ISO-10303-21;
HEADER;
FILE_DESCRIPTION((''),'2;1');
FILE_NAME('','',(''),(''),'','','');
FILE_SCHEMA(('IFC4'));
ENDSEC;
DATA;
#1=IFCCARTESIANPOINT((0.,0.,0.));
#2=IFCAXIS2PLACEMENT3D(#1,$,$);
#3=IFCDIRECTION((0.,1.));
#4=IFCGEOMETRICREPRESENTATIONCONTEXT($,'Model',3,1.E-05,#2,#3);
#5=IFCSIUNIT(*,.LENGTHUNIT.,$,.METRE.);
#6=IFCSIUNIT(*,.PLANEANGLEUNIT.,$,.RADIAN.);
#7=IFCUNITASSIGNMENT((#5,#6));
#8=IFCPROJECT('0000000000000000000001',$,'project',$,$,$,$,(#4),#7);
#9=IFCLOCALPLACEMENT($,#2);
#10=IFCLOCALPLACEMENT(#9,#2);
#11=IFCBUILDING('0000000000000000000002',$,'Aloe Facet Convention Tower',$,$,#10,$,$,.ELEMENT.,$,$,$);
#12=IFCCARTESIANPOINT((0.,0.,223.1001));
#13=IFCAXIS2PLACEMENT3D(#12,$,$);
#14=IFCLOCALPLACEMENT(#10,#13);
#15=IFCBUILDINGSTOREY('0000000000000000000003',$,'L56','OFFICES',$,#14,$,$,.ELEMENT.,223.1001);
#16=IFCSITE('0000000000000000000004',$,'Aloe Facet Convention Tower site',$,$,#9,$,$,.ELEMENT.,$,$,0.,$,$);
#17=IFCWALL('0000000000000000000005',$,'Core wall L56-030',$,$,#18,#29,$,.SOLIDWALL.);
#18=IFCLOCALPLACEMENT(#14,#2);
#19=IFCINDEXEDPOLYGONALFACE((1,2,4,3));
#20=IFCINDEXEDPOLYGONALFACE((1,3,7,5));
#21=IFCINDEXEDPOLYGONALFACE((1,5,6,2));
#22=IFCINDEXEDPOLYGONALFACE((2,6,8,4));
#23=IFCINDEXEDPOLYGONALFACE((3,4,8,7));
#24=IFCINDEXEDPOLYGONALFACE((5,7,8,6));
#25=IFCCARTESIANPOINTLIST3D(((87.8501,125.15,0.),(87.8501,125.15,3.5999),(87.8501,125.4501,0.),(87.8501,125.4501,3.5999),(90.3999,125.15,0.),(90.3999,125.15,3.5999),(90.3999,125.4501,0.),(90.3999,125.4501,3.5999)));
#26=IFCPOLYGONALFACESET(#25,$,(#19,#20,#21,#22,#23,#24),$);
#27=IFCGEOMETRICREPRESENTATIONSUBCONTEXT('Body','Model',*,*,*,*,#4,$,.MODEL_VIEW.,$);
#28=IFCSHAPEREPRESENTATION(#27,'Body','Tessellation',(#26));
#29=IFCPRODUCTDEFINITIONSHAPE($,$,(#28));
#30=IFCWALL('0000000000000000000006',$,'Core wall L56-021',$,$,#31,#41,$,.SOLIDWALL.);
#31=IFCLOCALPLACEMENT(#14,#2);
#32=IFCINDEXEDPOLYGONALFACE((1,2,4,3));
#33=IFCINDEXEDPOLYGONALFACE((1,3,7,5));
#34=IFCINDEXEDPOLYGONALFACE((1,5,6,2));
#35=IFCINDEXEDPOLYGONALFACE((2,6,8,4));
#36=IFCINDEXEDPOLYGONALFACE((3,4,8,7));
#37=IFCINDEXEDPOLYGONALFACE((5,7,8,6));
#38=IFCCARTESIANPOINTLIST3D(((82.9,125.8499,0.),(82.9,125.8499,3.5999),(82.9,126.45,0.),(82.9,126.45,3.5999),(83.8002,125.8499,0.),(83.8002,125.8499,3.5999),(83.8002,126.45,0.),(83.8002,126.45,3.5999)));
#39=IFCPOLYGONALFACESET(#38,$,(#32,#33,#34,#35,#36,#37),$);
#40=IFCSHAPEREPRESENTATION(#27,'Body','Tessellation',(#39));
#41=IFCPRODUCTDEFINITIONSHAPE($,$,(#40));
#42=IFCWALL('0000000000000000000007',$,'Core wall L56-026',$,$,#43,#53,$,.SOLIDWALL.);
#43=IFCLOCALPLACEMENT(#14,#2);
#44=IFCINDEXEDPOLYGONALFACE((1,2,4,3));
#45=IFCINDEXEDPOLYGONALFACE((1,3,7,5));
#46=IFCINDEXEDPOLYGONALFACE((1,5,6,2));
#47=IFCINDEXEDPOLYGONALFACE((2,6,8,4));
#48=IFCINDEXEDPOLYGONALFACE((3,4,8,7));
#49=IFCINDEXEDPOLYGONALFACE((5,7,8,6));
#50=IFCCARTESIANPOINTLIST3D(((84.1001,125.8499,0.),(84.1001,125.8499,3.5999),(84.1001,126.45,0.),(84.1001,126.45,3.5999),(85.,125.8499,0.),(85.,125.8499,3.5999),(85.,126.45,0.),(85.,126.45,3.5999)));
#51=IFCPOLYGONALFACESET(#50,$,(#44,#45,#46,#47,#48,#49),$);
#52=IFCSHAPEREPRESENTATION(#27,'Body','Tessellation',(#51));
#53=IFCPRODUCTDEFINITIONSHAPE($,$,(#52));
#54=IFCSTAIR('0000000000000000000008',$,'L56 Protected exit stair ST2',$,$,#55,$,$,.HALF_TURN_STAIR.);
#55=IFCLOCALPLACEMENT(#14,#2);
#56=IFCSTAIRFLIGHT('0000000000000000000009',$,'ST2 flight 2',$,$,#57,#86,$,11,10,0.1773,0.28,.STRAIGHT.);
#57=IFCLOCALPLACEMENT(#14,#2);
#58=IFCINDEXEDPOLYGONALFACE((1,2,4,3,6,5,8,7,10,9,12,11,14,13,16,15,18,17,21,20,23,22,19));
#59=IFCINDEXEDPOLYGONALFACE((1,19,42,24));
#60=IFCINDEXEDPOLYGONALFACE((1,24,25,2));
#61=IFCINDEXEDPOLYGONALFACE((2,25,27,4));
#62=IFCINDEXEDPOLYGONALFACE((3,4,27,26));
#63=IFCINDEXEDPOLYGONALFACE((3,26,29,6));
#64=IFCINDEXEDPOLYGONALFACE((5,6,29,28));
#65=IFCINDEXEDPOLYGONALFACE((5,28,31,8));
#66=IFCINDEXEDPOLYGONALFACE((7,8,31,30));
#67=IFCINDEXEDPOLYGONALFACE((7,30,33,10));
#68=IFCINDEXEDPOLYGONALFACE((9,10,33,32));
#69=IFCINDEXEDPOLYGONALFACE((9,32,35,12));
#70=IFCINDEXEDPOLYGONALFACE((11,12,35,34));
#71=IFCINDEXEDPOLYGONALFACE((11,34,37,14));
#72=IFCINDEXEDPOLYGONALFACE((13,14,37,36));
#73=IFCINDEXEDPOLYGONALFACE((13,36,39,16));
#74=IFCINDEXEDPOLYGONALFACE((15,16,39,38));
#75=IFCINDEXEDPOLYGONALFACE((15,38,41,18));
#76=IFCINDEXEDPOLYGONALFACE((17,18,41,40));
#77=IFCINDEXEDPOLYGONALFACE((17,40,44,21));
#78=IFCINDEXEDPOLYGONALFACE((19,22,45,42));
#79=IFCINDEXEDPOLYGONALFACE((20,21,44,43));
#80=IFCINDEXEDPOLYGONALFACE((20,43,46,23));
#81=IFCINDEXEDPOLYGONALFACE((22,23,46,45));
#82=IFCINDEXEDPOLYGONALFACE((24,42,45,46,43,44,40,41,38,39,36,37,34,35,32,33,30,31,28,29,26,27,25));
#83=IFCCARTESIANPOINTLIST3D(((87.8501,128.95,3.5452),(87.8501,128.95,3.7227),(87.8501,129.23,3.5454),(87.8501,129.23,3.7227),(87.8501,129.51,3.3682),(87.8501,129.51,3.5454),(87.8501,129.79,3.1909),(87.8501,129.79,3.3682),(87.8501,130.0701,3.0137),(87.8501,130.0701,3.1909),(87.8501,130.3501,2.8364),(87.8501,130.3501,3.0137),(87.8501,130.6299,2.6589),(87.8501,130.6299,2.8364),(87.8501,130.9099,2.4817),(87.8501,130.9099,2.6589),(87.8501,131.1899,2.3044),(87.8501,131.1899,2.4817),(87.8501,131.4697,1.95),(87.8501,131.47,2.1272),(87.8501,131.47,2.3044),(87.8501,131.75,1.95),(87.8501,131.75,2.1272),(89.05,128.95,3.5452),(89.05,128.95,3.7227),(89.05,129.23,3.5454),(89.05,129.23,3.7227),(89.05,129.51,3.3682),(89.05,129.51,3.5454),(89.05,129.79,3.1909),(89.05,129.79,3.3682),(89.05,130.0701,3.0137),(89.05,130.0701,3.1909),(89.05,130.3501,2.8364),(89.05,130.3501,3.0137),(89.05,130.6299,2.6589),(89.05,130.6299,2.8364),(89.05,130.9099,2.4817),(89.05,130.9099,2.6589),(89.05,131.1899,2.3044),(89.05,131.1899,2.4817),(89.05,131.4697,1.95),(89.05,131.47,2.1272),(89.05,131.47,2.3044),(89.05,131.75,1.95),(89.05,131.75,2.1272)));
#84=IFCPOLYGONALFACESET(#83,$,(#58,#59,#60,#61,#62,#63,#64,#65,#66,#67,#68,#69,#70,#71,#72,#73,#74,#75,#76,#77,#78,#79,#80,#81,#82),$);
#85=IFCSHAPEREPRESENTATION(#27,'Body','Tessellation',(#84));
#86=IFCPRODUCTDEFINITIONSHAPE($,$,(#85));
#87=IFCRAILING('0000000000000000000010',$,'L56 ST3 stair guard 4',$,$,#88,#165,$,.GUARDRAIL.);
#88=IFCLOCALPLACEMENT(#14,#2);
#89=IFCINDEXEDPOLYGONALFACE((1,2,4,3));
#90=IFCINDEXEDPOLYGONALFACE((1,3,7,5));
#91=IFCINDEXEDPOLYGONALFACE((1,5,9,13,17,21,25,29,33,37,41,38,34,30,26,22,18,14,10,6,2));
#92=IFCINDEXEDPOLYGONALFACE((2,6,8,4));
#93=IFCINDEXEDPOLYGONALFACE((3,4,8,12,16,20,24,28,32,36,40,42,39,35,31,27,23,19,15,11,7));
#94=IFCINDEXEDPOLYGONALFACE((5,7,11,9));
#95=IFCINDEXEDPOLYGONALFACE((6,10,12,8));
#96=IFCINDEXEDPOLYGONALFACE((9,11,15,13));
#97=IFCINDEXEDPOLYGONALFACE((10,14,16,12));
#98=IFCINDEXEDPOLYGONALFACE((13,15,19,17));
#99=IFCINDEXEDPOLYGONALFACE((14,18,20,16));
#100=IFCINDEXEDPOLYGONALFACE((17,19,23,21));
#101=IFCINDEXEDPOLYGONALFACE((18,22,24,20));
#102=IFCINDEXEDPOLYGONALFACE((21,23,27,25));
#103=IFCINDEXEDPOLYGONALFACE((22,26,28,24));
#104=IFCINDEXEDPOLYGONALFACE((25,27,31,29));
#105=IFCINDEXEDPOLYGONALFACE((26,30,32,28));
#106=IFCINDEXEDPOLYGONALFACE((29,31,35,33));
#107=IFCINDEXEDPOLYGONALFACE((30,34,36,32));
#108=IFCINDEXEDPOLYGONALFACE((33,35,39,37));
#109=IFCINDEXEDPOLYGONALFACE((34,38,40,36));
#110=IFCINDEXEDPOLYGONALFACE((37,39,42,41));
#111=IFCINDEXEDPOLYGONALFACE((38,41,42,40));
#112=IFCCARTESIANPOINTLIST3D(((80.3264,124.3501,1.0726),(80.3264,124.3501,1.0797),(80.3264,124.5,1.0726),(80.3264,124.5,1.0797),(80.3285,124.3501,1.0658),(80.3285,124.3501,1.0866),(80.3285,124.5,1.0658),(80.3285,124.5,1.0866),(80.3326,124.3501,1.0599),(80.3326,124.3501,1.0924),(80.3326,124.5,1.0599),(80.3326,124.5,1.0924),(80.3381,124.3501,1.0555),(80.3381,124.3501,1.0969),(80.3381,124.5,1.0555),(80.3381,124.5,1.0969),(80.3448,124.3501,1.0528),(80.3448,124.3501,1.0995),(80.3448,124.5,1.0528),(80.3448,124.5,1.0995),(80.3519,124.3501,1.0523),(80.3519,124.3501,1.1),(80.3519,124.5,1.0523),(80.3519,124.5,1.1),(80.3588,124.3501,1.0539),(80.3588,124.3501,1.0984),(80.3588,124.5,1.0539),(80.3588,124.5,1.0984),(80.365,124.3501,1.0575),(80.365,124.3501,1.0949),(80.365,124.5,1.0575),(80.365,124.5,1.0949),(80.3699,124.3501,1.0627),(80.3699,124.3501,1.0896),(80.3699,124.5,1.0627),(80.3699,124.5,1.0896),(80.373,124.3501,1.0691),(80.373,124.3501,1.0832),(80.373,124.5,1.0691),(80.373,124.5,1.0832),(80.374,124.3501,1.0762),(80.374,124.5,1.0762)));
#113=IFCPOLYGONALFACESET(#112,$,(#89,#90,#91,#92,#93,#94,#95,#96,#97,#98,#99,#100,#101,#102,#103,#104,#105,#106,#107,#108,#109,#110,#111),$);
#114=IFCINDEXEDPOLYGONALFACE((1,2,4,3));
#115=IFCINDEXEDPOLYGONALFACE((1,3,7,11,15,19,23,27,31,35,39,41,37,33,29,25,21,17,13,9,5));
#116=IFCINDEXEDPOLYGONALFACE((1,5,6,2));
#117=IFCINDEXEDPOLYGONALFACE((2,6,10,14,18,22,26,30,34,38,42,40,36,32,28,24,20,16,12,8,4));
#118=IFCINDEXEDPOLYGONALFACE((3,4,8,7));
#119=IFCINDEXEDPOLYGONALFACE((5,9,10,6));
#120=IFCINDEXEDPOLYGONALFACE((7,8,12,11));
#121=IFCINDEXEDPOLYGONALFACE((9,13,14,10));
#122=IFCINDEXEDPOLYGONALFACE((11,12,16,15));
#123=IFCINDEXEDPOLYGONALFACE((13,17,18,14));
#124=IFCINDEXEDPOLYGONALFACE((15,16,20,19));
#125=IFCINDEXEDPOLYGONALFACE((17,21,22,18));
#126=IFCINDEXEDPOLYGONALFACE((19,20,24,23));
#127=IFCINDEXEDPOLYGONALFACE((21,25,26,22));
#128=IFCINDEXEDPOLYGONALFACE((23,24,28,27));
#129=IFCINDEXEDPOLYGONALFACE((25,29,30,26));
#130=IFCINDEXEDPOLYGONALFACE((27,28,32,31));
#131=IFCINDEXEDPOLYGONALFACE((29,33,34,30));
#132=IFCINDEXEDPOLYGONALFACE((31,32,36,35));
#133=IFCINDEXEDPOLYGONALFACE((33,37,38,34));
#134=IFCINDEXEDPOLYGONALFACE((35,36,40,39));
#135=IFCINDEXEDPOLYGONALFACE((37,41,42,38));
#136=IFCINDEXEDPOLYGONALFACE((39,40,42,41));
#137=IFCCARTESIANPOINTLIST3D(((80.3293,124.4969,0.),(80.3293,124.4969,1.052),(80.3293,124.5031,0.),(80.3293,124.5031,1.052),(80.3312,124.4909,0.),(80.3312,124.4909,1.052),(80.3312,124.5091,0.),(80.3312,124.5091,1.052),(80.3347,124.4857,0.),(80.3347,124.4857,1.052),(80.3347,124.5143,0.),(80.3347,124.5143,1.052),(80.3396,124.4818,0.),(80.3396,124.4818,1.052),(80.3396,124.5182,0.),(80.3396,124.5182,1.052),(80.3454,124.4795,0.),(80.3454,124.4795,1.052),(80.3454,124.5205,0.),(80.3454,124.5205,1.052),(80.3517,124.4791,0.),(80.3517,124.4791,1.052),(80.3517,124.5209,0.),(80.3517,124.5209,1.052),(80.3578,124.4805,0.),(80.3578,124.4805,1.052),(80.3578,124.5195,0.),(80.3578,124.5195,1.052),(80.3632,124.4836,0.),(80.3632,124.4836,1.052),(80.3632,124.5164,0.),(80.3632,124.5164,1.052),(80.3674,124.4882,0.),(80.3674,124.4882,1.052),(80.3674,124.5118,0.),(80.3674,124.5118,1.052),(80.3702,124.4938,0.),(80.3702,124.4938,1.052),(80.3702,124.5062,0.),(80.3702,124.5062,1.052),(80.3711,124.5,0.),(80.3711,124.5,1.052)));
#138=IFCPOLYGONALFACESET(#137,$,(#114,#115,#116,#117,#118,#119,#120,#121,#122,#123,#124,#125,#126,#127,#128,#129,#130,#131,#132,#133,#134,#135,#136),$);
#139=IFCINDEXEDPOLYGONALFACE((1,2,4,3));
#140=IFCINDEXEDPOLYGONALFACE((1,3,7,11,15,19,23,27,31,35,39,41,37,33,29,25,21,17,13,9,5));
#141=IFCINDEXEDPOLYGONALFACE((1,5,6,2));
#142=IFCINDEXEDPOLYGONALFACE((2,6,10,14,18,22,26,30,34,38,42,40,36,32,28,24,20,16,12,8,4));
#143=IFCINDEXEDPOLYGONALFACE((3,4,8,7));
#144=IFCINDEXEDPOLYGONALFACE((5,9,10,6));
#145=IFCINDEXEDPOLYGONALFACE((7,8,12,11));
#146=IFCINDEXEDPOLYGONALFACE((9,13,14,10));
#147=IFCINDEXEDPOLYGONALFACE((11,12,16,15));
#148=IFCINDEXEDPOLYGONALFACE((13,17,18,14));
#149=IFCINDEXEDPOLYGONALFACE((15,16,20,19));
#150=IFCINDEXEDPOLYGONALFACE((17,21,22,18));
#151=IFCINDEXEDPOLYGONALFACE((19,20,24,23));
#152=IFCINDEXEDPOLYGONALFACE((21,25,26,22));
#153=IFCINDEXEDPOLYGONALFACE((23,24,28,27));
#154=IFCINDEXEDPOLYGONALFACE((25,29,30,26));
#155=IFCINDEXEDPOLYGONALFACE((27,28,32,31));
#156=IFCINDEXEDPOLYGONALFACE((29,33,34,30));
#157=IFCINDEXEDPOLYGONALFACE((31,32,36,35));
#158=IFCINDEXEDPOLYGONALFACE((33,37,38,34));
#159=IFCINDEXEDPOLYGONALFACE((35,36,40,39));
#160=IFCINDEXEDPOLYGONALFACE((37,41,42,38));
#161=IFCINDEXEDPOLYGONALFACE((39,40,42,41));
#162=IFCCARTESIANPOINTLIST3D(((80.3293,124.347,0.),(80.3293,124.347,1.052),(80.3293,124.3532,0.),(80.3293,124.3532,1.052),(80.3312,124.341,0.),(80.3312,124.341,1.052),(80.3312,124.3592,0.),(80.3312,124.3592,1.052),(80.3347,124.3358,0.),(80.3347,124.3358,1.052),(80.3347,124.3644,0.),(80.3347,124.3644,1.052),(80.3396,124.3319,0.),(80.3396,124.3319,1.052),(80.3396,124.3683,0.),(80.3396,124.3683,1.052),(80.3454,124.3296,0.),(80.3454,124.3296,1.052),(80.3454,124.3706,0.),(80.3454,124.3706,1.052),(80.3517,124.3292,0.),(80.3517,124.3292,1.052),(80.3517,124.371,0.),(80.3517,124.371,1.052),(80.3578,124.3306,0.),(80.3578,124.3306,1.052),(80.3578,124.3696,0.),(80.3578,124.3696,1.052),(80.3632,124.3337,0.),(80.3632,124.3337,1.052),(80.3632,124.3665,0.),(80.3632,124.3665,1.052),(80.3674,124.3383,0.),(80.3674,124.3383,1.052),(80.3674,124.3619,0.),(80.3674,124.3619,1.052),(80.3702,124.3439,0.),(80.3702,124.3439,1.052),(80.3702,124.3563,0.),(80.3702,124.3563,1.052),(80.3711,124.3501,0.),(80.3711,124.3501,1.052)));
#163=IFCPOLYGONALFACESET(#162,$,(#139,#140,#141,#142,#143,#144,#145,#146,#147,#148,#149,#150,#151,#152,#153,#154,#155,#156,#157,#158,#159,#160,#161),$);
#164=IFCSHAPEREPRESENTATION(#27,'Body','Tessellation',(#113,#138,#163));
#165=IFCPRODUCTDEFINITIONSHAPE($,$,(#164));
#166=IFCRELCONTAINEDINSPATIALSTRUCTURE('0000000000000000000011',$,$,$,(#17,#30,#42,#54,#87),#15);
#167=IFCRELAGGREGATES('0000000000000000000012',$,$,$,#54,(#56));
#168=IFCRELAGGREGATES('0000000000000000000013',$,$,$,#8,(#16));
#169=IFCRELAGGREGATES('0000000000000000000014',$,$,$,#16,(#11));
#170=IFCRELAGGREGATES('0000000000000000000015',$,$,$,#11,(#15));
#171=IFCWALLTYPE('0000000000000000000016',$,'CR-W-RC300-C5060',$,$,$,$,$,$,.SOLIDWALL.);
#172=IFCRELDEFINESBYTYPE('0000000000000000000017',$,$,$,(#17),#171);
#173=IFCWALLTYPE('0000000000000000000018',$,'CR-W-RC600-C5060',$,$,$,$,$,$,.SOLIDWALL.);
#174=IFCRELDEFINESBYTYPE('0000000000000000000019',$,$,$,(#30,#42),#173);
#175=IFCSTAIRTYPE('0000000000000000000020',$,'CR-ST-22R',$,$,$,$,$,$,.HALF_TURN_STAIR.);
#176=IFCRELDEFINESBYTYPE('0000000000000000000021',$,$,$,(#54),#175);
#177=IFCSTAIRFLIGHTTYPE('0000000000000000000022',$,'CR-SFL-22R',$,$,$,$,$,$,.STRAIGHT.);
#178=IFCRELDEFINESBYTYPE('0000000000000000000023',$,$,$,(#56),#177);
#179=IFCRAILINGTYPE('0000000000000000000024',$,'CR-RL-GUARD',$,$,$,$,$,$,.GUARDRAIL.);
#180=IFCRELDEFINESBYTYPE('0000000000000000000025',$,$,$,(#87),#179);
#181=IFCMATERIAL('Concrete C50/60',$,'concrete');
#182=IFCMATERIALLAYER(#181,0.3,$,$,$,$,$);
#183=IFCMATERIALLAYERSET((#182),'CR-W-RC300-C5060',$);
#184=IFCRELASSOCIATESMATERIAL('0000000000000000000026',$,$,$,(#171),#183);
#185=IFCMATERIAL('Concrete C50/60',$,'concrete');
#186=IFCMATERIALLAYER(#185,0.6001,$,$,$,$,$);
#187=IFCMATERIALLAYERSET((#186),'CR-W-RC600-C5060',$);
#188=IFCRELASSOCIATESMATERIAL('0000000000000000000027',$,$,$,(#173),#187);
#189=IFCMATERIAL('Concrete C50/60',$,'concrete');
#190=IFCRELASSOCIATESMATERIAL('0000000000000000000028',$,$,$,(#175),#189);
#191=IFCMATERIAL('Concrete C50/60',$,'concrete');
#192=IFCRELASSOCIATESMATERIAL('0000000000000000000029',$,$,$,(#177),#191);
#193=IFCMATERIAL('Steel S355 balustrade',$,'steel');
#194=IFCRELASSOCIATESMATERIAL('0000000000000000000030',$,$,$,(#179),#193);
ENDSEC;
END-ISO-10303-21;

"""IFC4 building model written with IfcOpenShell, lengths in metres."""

from ifc_helpers import new_model, si_unit, direction, frame, frame_2d, origin, origin_2d, place, context, subcontext, project, spatial, polyline, rectangle, circle, outline, extrude, material, layer, layer_set, type_object, element, aggregate, save


model = new_model("IFC4")

# Units and contexts
model_context = context("Model", 3, precision=1e-05, world=origin(), true_north=direction((0.0, 1.0)))
body_context = subcontext(model_context, "Body", "Model", "MODEL_VIEW")
ifc_project = project(units=[si_unit("LENGTHUNIT", "METRE"), si_unit("PLANEANGLEUNIT", "RADIAN")], contexts=[model_context])

# Site, building, storey
site_placement = place(None, origin())
site = spatial("IfcSite", under=ifc_project, at=site_placement, Name="Aloe Facet Convention Tower site", CompositionType="ELEMENT", RefElevation=0.0)
building_placement = place(site_placement, origin())
building = spatial("IfcBuilding", under=site, at=building_placement, Name="Aloe Facet Convention Tower", CompositionType="ELEMENT")
storey_placement = place(building_placement, frame((0.0, 0.0, 223.1001)))
storey = spatial("IfcBuildingStorey", under=building, at=storey_placement, Name="L56", Description="OFFICES", CompositionType="ELEMENT", Elevation=223.1001)

# Shared definitions
ifc_material_1 = material(Name="Concrete C50/60", Category="concrete")
ifc_layer_1 = layer(ifc_material_1, 0.3)
ifc_layer_set_1 = layer_set([ifc_layer_1], Name="CR-W-RC300-C5060")
wall_type_1 = type_object("IfcWallType", Name="CR-W-RC300-C5060", PredefinedType="SOLIDWALL", material=ifc_layer_set_1)

# Walls
for number, where, z_axis, x_axis, name in (
    (1, (87.8501, 125.3, 0.0), (0.0, 0.0, 1.0), (1.0, 0.0, 0.0), "Core wall L56-030"),
):
    element("IfcWall", number, at=place(storey_placement, frame(where, z_axis=z_axis, x_axis=x_axis)), inside=storey, type_object=wall_type_1, Name=name, PredefinedType="SOLIDWALL", context=body_context, shape_type="SweptSolid", body=[
        extrude(rectangle(XDim=2.5498, YDim=0.3, at=frame_2d((1.2749, 0.0))), origin(), (0.0, 0.0, 1.0), 3.5999),
    ])
ifc_material_2 = material(Name="Concrete C50/60", Category="concrete")
ifc_layer_2 = layer(ifc_material_2, 0.6001)
ifc_layer_set_2 = layer_set([ifc_layer_2], Name="CR-W-RC600-C5060")
wall_type_2 = type_object("IfcWallType", Name="CR-W-RC600-C5060", PredefinedType="SOLIDWALL", material=ifc_layer_set_2)
wall_1_placement = place(storey_placement, frame((82.8999, 126.1499, 0.0), z_axis=(0.0, 0.0, 1.0), x_axis=(1.0, 0.0, 0.0)))
element("IfcWall", 2, at=wall_1_placement, inside=storey, type_object=wall_type_2, Name="Core wall L56-021", PredefinedType="SOLIDWALL", context=body_context, shape_type="SweptSolid", body=[
    extrude(rectangle(XDim=0.9001, YDim=0.6001, at=frame_2d((0.4502, 0.0))), origin(), (0.0, 0.0, 1.0), 3.5999),
])
wall_2_placement = place(storey_placement, frame((84.1001, 126.1499, 0.0), z_axis=(0.0, 0.0, 1.0), x_axis=(1.0, 0.0, 0.0)))
element("IfcWall", 3, at=wall_2_placement, inside=storey, type_object=wall_type_2, Name="Core wall L56-026", PredefinedType="SOLIDWALL", context=body_context, shape_type="SweptSolid", body=[
    extrude(rectangle(XDim=0.8999, YDim=0.6001, at=frame_2d((0.45, 0.0))), origin(), (0.0, 0.0, 1.0), 3.5999),
])

# Stair, stair flight
ifc_material_3 = material(Name="Concrete C50/60", Category="concrete")
stair_type = type_object("IfcStairType", Name="CR-ST-22R", PredefinedType="HALF_TURN_STAIR", material=ifc_material_3)
stair_placement = place(storey_placement, origin())
stair = element("IfcStair", 4, at=stair_placement, inside=storey, type_object=stair_type, Name="L56 Protected exit stair ST2", PredefinedType="HALF_TURN_STAIR")
ifc_material_4 = material(Name="Concrete C50/60", Category="concrete")
stair_flight_type = type_object("IfcStairFlightType", Name="CR-SFL-22R", PredefinedType="STRAIGHT", material=ifc_material_4)
stair_flight_placement = place(storey_placement, frame((88.45, 131.75, 1.95), z_axis=(0.0, 0.0, 1.0), x_axis=(0.0, -1.0, 0.0)))
stair_flight = element("IfcStairFlight", 5, at=stair_flight_placement, type_object=stair_flight_type, Name="ST2 flight 2", NumberOfRisers=11, NumberOfTreads=10, PredefinedType="STRAIGHT", RiserHeight=0.1773, TreadLength=0.28, context=body_context, shape_type="SweptSolid", body=[
    extrude(outline(polyline([(0.0, 0.0), (0.0, 0.1772), (0.28, 0.1772), (0.28, 0.3545), (0.5601, 0.3545), (0.5601, 0.5317), (0.8401, 0.5317), (0.8401, 0.709), (1.1201, 0.709), (1.1201, 0.8865), (1.3999, 0.8865), (1.3999, 1.0637), (1.6799, 1.0637), (1.6799, 1.241), (1.96, 1.241), (1.96, 1.4182), (2.24, 1.4182), (2.24, 1.5955), (2.52, 1.5955), (2.52, 1.7727), (2.8, 1.7727), (2.8, 1.95), (2.8, 1.5952), (0.2803, 0.0), (0.0, 0.0)])), frame((0.0, 0.6001, 0.0), z_axis=(0.0, -1.0, 0.0), x_axis=(1.0, 0.0, 0.0)), (0.0, 0.0, 1.0), 1.2),
])
aggregate(stair, [stair_flight])

# Railing
ifc_material_5 = material(Name="Steel S355 balustrade", Category="steel")
railing_type_1 = type_object("IfcRailingType", Name="CR-RL-GUARD", PredefinedType="GUARDRAIL", material=ifc_material_5)
railing_1_placement = place(storey_placement, frame((80.3501, 124.5, 0.0)))
element("IfcRailing", 6, at=railing_1_placement, inside=storey, type_object=railing_type_1, Name="L56 ST3 stair guard 4", PredefinedType="GUARDRAIL", context=body_context, shape_type="SweptSolid", body=[
    extrude(circle(Radius=0.0239, at=origin_2d()), frame((0.0, 0.0, 1.0762), z_axis=(0.0, -1.0, 0.0), x_axis=(1.0, 0.0, 0.0)), (0.0, 0.0, 1.0), 0.1499),
    extrude(circle(Radius=0.021, at=origin_2d()), origin(), (0.0, 0.0, 1.0), 1.052),
    extrude(circle(Radius=0.021, at=origin_2d()), frame((0.0, -0.1499, 0.0)), (0.0, 0.0, 1.0), 1.052),
])

save(model, "model.ifc")
